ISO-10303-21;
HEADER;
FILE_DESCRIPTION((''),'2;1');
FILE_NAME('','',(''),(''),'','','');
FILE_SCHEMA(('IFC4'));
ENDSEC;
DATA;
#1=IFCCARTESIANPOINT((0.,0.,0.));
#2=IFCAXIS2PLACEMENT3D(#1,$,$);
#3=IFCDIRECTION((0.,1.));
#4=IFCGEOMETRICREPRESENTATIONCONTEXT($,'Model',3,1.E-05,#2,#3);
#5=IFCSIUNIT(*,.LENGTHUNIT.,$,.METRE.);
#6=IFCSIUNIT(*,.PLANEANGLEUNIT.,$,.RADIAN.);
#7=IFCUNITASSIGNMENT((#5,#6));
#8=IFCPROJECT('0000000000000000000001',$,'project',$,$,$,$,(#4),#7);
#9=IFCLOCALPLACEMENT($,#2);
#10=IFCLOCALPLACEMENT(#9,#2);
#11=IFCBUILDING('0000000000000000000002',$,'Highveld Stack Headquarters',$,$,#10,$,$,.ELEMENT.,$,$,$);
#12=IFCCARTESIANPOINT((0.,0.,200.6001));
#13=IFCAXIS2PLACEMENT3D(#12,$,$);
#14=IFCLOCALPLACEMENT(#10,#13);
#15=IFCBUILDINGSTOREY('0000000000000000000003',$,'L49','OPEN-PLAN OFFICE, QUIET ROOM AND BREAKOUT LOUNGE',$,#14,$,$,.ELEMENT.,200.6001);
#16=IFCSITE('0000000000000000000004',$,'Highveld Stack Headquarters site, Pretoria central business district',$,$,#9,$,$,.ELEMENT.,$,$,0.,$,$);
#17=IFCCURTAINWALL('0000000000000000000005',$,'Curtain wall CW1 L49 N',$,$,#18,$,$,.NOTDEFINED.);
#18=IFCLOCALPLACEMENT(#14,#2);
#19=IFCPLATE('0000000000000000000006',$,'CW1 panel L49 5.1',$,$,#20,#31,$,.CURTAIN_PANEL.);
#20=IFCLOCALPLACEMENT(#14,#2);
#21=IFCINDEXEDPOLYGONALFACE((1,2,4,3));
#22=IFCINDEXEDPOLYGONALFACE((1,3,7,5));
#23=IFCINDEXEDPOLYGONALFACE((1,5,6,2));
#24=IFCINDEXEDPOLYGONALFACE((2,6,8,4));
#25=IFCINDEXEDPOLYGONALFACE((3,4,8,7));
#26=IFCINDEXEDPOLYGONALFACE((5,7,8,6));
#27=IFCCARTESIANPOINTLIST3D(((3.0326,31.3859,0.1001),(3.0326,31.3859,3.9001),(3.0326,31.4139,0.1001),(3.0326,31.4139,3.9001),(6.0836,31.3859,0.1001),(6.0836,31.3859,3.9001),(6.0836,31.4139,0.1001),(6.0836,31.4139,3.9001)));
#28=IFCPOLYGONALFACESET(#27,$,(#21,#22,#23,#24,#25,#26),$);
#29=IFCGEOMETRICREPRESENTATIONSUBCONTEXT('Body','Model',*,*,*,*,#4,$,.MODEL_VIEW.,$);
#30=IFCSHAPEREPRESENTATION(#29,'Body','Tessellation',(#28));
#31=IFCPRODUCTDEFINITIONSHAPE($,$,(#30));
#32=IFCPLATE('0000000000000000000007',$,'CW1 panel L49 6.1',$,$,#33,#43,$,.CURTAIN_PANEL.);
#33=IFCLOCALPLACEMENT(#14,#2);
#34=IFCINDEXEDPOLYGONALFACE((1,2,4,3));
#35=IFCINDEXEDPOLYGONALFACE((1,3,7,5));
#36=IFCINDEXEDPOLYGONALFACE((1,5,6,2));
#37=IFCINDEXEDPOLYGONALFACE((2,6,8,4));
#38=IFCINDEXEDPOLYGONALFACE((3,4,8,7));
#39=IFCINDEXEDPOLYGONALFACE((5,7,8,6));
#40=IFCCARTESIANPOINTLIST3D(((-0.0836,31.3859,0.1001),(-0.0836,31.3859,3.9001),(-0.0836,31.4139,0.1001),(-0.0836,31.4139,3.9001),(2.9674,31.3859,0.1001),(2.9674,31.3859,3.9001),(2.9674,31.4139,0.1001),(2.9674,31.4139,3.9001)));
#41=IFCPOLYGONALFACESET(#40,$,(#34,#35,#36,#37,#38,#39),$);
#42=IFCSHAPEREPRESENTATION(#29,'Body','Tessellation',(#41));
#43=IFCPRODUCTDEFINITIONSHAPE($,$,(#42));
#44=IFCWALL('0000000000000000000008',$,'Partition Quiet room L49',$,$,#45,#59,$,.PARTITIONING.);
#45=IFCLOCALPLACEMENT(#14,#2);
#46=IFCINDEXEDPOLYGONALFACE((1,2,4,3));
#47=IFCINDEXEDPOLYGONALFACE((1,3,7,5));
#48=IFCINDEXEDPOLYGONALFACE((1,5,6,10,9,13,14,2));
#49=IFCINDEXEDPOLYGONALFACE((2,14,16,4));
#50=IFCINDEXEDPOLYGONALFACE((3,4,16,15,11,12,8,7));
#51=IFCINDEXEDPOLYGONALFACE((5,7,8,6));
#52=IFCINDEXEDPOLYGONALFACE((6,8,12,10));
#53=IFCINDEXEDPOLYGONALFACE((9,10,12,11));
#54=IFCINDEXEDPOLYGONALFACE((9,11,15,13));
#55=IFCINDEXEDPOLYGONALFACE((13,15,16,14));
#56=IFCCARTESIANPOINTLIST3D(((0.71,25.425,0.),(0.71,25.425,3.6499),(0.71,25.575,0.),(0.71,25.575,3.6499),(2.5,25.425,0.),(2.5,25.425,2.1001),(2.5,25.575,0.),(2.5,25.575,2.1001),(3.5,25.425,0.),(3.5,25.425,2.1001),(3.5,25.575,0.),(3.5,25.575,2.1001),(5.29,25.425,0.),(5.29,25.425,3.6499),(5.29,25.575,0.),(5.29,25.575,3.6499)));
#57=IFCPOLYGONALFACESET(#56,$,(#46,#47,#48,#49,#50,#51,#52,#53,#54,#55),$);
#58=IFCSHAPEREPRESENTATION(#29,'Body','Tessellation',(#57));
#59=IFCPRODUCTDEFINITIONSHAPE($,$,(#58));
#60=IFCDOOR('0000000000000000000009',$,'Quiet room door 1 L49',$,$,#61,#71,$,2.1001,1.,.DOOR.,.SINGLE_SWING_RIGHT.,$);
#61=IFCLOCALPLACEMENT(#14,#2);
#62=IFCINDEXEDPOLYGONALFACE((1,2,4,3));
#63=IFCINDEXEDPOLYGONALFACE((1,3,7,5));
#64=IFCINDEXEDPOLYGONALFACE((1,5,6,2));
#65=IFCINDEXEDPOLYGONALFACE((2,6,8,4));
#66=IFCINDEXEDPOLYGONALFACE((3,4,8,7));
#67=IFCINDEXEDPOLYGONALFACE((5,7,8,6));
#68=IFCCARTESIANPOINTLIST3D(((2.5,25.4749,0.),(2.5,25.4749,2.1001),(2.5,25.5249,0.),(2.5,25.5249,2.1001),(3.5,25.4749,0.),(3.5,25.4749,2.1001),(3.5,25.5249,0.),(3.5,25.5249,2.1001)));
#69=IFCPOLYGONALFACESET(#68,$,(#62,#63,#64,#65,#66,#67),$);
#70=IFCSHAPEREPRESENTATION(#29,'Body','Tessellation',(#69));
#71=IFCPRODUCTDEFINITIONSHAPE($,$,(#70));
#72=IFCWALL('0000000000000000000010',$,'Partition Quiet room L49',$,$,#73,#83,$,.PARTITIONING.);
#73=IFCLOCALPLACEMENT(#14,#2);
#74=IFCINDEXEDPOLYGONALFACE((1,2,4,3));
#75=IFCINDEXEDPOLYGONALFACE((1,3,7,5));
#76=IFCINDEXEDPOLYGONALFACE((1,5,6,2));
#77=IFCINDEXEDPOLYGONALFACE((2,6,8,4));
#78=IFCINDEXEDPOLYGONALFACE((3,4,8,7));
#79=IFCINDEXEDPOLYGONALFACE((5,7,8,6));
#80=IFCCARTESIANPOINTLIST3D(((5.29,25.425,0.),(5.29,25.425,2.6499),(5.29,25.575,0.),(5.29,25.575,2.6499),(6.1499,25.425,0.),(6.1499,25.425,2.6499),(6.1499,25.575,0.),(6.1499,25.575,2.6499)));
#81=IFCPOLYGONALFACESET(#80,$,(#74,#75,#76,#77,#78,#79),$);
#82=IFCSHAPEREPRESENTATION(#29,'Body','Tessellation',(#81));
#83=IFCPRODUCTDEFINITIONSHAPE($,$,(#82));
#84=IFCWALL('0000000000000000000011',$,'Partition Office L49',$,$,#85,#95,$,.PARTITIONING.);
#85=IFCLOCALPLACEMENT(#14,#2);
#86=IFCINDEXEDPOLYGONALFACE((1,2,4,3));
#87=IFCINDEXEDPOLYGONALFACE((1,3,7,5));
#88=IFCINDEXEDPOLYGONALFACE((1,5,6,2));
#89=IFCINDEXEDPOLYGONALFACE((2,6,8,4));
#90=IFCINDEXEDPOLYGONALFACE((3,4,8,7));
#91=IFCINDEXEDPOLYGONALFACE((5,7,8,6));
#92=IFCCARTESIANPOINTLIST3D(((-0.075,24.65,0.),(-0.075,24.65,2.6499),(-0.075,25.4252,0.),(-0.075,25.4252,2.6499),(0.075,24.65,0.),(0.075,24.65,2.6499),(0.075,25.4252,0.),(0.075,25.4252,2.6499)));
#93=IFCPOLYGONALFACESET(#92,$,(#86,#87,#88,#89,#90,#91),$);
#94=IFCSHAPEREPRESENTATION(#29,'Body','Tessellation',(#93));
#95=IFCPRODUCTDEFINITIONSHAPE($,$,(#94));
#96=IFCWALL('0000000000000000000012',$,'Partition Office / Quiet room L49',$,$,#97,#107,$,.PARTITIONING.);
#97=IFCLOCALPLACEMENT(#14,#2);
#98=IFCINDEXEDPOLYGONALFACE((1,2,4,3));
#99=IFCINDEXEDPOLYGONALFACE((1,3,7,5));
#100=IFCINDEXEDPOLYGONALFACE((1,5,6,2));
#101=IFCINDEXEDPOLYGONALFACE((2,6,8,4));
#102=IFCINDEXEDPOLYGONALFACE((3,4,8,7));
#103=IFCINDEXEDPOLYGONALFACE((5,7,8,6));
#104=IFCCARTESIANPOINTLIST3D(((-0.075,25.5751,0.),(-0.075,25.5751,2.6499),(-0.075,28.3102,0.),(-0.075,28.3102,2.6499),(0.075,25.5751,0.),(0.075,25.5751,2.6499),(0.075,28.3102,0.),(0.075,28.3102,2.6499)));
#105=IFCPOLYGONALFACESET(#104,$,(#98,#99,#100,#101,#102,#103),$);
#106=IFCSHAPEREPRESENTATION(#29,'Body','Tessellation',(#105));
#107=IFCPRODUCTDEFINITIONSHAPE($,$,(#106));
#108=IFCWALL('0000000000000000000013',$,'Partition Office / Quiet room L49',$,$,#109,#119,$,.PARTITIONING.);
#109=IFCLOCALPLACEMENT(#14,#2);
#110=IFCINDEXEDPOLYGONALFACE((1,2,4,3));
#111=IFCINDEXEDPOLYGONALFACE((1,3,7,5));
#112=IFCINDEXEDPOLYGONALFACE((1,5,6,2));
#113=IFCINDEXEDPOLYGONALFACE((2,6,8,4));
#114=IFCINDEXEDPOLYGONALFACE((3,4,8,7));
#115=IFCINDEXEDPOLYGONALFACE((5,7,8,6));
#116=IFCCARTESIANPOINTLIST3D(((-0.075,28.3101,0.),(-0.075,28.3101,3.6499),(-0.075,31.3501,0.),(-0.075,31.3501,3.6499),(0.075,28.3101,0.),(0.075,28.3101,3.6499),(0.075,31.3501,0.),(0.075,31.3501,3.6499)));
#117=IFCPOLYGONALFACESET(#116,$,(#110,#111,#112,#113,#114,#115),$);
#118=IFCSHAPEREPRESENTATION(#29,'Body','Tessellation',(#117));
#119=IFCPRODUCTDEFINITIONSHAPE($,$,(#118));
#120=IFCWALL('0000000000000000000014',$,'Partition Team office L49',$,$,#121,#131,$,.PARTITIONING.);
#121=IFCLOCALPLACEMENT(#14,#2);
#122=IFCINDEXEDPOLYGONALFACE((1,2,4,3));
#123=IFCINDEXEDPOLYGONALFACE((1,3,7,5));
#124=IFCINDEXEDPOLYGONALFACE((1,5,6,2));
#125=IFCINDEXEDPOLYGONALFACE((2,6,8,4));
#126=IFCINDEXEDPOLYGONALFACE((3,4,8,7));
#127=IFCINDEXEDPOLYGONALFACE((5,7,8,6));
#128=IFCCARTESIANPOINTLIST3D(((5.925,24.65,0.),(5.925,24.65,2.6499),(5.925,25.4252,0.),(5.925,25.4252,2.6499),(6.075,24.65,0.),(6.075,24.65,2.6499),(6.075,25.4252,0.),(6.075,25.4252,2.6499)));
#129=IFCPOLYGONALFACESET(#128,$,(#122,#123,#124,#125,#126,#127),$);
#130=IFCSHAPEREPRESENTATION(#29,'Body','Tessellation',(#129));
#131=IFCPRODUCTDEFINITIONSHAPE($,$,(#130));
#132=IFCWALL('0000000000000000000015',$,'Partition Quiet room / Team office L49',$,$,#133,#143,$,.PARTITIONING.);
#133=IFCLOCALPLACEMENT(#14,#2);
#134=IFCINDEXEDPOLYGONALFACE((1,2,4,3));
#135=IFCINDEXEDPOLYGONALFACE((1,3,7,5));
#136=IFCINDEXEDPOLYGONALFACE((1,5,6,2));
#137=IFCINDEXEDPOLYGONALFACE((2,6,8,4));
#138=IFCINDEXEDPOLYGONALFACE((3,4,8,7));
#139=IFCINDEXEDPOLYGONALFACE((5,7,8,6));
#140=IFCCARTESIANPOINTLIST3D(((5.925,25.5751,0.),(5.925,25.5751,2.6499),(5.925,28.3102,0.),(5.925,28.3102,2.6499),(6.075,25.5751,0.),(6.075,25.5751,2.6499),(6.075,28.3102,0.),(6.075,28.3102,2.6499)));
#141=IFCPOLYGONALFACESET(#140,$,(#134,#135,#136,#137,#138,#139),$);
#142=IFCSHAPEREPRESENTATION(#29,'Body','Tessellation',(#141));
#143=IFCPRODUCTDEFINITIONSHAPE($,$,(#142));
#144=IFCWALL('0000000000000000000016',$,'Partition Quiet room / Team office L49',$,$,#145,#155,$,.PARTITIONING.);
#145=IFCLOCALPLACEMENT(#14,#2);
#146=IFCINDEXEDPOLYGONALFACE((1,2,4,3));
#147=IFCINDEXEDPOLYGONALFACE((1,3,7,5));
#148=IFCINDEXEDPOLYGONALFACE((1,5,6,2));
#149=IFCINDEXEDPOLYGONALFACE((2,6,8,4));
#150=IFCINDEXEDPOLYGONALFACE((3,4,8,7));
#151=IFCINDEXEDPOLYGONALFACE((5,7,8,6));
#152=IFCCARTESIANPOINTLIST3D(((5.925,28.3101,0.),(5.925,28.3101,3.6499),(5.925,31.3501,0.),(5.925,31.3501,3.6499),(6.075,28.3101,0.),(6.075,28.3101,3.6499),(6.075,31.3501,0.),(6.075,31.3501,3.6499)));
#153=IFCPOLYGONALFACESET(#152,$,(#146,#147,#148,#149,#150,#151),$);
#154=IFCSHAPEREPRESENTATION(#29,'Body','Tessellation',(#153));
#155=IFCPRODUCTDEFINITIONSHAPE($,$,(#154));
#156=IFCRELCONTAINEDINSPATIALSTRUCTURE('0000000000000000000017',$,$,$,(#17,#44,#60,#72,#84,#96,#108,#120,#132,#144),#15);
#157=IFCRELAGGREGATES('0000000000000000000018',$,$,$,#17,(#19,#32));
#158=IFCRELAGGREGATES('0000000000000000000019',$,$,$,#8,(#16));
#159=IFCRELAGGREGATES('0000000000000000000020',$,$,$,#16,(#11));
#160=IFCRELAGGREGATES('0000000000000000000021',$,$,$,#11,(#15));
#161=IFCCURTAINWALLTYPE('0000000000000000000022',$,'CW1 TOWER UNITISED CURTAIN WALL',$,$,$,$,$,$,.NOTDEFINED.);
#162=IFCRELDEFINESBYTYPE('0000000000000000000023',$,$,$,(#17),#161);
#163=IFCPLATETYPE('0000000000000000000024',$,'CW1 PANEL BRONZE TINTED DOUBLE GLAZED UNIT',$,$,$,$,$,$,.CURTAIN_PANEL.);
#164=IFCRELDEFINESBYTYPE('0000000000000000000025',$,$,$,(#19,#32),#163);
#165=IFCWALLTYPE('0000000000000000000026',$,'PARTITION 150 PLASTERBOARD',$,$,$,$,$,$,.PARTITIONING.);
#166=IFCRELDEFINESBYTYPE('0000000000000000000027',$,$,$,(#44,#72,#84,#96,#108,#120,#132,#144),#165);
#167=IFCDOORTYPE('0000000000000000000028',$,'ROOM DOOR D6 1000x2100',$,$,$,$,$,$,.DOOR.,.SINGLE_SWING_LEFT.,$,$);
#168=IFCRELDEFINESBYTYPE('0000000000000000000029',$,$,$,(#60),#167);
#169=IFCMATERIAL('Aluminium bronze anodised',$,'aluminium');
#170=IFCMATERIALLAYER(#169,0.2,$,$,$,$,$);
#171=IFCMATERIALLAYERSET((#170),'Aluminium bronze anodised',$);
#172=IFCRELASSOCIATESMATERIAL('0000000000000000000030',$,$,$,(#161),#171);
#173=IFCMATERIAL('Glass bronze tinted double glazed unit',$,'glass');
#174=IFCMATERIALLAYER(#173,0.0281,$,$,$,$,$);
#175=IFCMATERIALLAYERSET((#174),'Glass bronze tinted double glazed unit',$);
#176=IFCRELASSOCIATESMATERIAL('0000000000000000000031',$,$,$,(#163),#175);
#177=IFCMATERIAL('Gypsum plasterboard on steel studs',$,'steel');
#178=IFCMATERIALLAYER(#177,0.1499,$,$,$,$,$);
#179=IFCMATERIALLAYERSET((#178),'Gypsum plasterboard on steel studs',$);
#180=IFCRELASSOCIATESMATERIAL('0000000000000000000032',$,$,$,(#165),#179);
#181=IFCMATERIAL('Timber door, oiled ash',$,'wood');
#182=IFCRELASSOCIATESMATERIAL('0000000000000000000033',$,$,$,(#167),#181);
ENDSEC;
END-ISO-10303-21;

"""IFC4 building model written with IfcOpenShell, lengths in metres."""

from ifc_helpers import new_model, si_unit, direction, frame, frame_2d, origin, origin_2d, place, context, subcontext, project, spatial, rectangle, extrude, material, layer, layer_set, type_object, element, fill, aggregate, save


model = new_model("IFC4")

# Units and contexts
model_context = context("Model", 3, precision=1e-05, world=origin(), true_north=direction((0.0, 1.0)))
body_context = subcontext(model_context, "Body", "Model", "MODEL_VIEW")
ifc_project = project(units=[si_unit("LENGTHUNIT", "METRE"), si_unit("PLANEANGLEUNIT", "RADIAN")], contexts=[model_context])

# Site, building, storey
site_placement = place(None, origin())
site = spatial("IfcSite", under=ifc_project, at=site_placement, Name="Highveld Stack Headquarters site, Pretoria central business district", CompositionType="ELEMENT", RefElevation=0.0)
building_placement = place(site_placement, origin())
building = spatial("IfcBuilding", under=site, at=building_placement, Name="Highveld Stack Headquarters", CompositionType="ELEMENT")
storey_placement = place(building_placement, frame((0.0, 0.0, 200.6001)))
storey = spatial("IfcBuildingStorey", under=building, at=storey_placement, Name="L49", Description="OPEN-PLAN OFFICE, QUIET ROOM AND BREAKOUT LOUNGE", CompositionType="ELEMENT", Elevation=200.6001)

# Curtain wall
ifc_material_1 = material(Name="Aluminium bronze anodised", Category="aluminium")
ifc_layer_1 = layer(ifc_material_1, 0.2)
ifc_layer_set_1 = layer_set([ifc_layer_1], Name="Aluminium bronze anodised")
curtain_wall_type = type_object("IfcCurtainWallType", Name="CW1 TOWER UNITISED CURTAIN WALL", PredefinedType="NOTDEFINED", material=ifc_layer_set_1)
curtain_wall_placement = place(storey_placement, origin())
curtain_wall = element("IfcCurtainWall", 1, at=curtain_wall_placement, inside=storey, type_object=curtain_wall_type, Name="Curtain wall CW1 L49 N", PredefinedType="NOTDEFINED")

# Plates
ifc_material_2 = material(Name="Glass bronze tinted double glazed unit", Category="glass")
ifc_layer_2 = layer(ifc_material_2, 0.0281)
ifc_layer_set_2 = layer_set([ifc_layer_2], Name="Glass bronze tinted double glazed unit")
plate_type = type_object("IfcPlateType", Name="CW1 PANEL BRONZE TINTED DOUBLE GLAZED UNIT", PredefinedType="CURTAIN_PANEL", material=ifc_layer_set_2)
plate_1_placement = place(storey_placement, frame((4.5581, 31.3999, 0.1001), z_axis=(0.0, 0.0, 1.0), x_axis=(-1.0, 0.0, 0.0)))
plate_1 = element("IfcPlate", 2, at=plate_1_placement, type_object=plate_type, Name="CW1 panel L49 5.1", PredefinedType="CURTAIN_PANEL", context=body_context, shape_type="SweptSolid", body=[
    extrude(rectangle(XDim=3.051, YDim=0.0281, at=origin_2d()), origin(), (0.0, 0.0, 1.0), 3.8),
])
plate_2_placement = place(storey_placement, frame((1.4419, 31.3999, 0.1001), z_axis=(0.0, 0.0, 1.0), x_axis=(-1.0, 0.0, 0.0)))
plate_2 = element("IfcPlate", 3, at=plate_2_placement, type_object=plate_type, Name="CW1 panel L49 6.1", PredefinedType="CURTAIN_PANEL", context=body_context, shape_type="SweptSolid", body=[
    extrude(rectangle(XDim=3.051, YDim=0.0281, at=origin_2d()), origin(), (0.0, 0.0, 1.0), 3.8),
])
aggregate(curtain_wall, [plate_1, plate_2])

# Wall, opening, door
ifc_material_3 = material(Name="Gypsum plasterboard on steel studs", Category="steel")
ifc_layer_3 = layer(ifc_material_3, 0.1499)
ifc_layer_set_3 = layer_set([ifc_layer_3], Name="Gypsum plasterboard on steel studs")
wall_type = type_object("IfcWallType", Name="PARTITION 150 PLASTERBOARD", PredefinedType="PARTITIONING", material=ifc_layer_set_3)
wall_1_placement = place(storey_placement, frame((0.71, 25.5, 0.0), z_axis=(0.0, 0.0, 1.0), x_axis=(1.0, 0.0, 0.0)))
wall_1 = element("IfcWall", 4, at=wall_1_placement, inside=storey, type_object=wall_type, Name="Partition Quiet room L49", PredefinedType="PARTITIONING", context=body_context, shape_type="SweptSolid", body=[
    extrude(rectangle(XDim=4.5801, YDim=0.1499, at=frame_2d((2.29, 0.0))), origin(), (0.0, 0.0, 1.0), 3.6499),
])
opening_placement = place(wall_1_placement, frame((1.79, 0.0, 0.0)))
opening = element("IfcOpeningElement", 5, at=opening_placement, cuts=wall_1, PredefinedType="OPENING", context=body_context, shape_type="SweptSolid", body=[
    extrude(rectangle(XDim=1.0, YDim=2.1001, at=frame_2d((0.5, 1.05))), frame((0.0, 0.085, 0.0), z_axis=(0.0, -1.0, 0.0), x_axis=(1.0, 0.0, 0.0)), (0.0, 0.0, 1.0), 0.1699),
])
ifc_material_4 = material(Name="Timber door, oiled ash", Category="wood")
door_type = type_object("IfcDoorType", Name="ROOM DOOR D6 1000x2100", OperationType="SINGLE_SWING_LEFT", PredefinedType="DOOR", material=ifc_material_4)
door_placement = place(opening_placement, origin())
door = element("IfcDoor", 6, at=door_placement, inside=storey, type_object=door_type, Name="Quiet room door 1 L49", OperationType="SINGLE_SWING_RIGHT", OverallHeight=2.1001, OverallWidth=1.0, PredefinedType="DOOR", context=body_context, shape_type="SweptSolid", body=[
    extrude(rectangle(XDim=1.0, YDim=2.1001, at=frame_2d((0.5, 1.05))), frame((0.0, 0.0249, 0.0), z_axis=(0.0, -1.0, 0.0), x_axis=(1.0, 0.0, 0.0)), (0.0, 0.0, 1.0), 0.05),
])
fill(opening, door)

# Walls
wall_2_placement = place(storey_placement, frame((5.29, 25.5, 0.0), z_axis=(0.0, 0.0, 1.0), x_axis=(1.0, 0.0, 0.0)))
element("IfcWall", 7, at=wall_2_placement, inside=storey, type_object=wall_type, Name="Partition Quiet room L49", PredefinedType="PARTITIONING", context=body_context, shape_type="SweptSolid", body=[
    extrude(rectangle(XDim=0.8599, YDim=0.1499, at=frame_2d((0.4299, 0.0))), origin(), (0.0, 0.0, 1.0), 2.6499),
])
wall_3_placement = place(storey_placement, frame((0.0, 24.6499, 0.0), z_axis=(0.0, 0.0, 1.0), x_axis=(0.0, 1.0, 0.0)))
element("IfcWall", 8, at=wall_3_placement, inside=storey, type_object=wall_type, Name="Partition Office L49", PredefinedType="PARTITIONING", context=body_context, shape_type="SweptSolid", body=[
    extrude(rectangle(XDim=0.7751, YDim=0.1499, at=frame_2d((0.3877, 0.0))), origin(), (0.0, 0.0, 1.0), 2.6499),
])
wall_4_placement = place(storey_placement, frame((0.0, 25.575, 0.0), z_axis=(0.0, 0.0, 1.0), x_axis=(0.0, 1.0, 0.0)))
element("IfcWall", 9, at=wall_4_placement, inside=storey, type_object=wall_type, Name="Partition Office / Quiet room L49", PredefinedType="PARTITIONING", context=body_context, shape_type="SweptSolid", body=[
    extrude(rectangle(XDim=2.7351, YDim=0.1499, at=frame_2d((1.3677, 0.0))), origin(), (0.0, 0.0, 1.0), 2.6499),
])
wall_5_placement = place(storey_placement, frame((0.0, 28.3101, 0.0), z_axis=(0.0, 0.0, 1.0), x_axis=(0.0, 1.0, 0.0)))
element("IfcWall", 10, at=wall_5_placement, inside=storey, type_object=wall_type, Name="Partition Office / Quiet room L49", PredefinedType="PARTITIONING", context=body_context, shape_type="SweptSolid", body=[
    extrude(rectangle(XDim=3.04, YDim=0.1499, at=frame_2d((1.52, 0.0))), origin(), (0.0, 0.0, 1.0), 3.6499),
])
wall_6_placement = place(storey_placement, frame((6.0, 24.6499, 0.0), z_axis=(0.0, 0.0, 1.0), x_axis=(0.0, 1.0, 0.0)))
element("IfcWall", 11, at=wall_6_placement, inside=storey, type_object=wall_type, Name="Partition Team office L49", PredefinedType="PARTITIONING", context=body_context, shape_type="SweptSolid", body=[
    extrude(rectangle(XDim=0.7751, YDim=0.1499, at=frame_2d((0.3877, 0.0))), origin(), (0.0, 0.0, 1.0), 2.6499),
])
wall_7_placement = place(storey_placement, frame((6.0, 25.575, 0.0), z_axis=(0.0, 0.0, 1.0), x_axis=(0.0, 1.0, 0.0)))
element("IfcWall", 12, at=wall_7_placement, inside=storey, type_object=wall_type, Name="Partition Quiet room / Team office L49", PredefinedType="PARTITIONING", context=body_context, shape_type="SweptSolid", body=[
    extrude(rectangle(XDim=2.7351, YDim=0.1499, at=frame_2d((1.3677, 0.0))), origin(), (0.0, 0.0, 1.0), 2.6499),
])
wall_8_placement = place(storey_placement, frame((6.0, 28.3101, 0.0), z_axis=(0.0, 0.0, 1.0), x_axis=(0.0, 1.0, 0.0)))
element("IfcWall", 13, at=wall_8_placement, inside=storey, type_object=wall_type, Name="Partition Quiet room / Team office L49", PredefinedType="PARTITIONING", context=body_context, shape_type="SweptSolid", body=[
    extrude(rectangle(XDim=3.04, YDim=0.1499, at=frame_2d((1.52, 0.0))), origin(), (0.0, 0.0, 1.0), 3.6499),
])

save(model, "model.ifc")
